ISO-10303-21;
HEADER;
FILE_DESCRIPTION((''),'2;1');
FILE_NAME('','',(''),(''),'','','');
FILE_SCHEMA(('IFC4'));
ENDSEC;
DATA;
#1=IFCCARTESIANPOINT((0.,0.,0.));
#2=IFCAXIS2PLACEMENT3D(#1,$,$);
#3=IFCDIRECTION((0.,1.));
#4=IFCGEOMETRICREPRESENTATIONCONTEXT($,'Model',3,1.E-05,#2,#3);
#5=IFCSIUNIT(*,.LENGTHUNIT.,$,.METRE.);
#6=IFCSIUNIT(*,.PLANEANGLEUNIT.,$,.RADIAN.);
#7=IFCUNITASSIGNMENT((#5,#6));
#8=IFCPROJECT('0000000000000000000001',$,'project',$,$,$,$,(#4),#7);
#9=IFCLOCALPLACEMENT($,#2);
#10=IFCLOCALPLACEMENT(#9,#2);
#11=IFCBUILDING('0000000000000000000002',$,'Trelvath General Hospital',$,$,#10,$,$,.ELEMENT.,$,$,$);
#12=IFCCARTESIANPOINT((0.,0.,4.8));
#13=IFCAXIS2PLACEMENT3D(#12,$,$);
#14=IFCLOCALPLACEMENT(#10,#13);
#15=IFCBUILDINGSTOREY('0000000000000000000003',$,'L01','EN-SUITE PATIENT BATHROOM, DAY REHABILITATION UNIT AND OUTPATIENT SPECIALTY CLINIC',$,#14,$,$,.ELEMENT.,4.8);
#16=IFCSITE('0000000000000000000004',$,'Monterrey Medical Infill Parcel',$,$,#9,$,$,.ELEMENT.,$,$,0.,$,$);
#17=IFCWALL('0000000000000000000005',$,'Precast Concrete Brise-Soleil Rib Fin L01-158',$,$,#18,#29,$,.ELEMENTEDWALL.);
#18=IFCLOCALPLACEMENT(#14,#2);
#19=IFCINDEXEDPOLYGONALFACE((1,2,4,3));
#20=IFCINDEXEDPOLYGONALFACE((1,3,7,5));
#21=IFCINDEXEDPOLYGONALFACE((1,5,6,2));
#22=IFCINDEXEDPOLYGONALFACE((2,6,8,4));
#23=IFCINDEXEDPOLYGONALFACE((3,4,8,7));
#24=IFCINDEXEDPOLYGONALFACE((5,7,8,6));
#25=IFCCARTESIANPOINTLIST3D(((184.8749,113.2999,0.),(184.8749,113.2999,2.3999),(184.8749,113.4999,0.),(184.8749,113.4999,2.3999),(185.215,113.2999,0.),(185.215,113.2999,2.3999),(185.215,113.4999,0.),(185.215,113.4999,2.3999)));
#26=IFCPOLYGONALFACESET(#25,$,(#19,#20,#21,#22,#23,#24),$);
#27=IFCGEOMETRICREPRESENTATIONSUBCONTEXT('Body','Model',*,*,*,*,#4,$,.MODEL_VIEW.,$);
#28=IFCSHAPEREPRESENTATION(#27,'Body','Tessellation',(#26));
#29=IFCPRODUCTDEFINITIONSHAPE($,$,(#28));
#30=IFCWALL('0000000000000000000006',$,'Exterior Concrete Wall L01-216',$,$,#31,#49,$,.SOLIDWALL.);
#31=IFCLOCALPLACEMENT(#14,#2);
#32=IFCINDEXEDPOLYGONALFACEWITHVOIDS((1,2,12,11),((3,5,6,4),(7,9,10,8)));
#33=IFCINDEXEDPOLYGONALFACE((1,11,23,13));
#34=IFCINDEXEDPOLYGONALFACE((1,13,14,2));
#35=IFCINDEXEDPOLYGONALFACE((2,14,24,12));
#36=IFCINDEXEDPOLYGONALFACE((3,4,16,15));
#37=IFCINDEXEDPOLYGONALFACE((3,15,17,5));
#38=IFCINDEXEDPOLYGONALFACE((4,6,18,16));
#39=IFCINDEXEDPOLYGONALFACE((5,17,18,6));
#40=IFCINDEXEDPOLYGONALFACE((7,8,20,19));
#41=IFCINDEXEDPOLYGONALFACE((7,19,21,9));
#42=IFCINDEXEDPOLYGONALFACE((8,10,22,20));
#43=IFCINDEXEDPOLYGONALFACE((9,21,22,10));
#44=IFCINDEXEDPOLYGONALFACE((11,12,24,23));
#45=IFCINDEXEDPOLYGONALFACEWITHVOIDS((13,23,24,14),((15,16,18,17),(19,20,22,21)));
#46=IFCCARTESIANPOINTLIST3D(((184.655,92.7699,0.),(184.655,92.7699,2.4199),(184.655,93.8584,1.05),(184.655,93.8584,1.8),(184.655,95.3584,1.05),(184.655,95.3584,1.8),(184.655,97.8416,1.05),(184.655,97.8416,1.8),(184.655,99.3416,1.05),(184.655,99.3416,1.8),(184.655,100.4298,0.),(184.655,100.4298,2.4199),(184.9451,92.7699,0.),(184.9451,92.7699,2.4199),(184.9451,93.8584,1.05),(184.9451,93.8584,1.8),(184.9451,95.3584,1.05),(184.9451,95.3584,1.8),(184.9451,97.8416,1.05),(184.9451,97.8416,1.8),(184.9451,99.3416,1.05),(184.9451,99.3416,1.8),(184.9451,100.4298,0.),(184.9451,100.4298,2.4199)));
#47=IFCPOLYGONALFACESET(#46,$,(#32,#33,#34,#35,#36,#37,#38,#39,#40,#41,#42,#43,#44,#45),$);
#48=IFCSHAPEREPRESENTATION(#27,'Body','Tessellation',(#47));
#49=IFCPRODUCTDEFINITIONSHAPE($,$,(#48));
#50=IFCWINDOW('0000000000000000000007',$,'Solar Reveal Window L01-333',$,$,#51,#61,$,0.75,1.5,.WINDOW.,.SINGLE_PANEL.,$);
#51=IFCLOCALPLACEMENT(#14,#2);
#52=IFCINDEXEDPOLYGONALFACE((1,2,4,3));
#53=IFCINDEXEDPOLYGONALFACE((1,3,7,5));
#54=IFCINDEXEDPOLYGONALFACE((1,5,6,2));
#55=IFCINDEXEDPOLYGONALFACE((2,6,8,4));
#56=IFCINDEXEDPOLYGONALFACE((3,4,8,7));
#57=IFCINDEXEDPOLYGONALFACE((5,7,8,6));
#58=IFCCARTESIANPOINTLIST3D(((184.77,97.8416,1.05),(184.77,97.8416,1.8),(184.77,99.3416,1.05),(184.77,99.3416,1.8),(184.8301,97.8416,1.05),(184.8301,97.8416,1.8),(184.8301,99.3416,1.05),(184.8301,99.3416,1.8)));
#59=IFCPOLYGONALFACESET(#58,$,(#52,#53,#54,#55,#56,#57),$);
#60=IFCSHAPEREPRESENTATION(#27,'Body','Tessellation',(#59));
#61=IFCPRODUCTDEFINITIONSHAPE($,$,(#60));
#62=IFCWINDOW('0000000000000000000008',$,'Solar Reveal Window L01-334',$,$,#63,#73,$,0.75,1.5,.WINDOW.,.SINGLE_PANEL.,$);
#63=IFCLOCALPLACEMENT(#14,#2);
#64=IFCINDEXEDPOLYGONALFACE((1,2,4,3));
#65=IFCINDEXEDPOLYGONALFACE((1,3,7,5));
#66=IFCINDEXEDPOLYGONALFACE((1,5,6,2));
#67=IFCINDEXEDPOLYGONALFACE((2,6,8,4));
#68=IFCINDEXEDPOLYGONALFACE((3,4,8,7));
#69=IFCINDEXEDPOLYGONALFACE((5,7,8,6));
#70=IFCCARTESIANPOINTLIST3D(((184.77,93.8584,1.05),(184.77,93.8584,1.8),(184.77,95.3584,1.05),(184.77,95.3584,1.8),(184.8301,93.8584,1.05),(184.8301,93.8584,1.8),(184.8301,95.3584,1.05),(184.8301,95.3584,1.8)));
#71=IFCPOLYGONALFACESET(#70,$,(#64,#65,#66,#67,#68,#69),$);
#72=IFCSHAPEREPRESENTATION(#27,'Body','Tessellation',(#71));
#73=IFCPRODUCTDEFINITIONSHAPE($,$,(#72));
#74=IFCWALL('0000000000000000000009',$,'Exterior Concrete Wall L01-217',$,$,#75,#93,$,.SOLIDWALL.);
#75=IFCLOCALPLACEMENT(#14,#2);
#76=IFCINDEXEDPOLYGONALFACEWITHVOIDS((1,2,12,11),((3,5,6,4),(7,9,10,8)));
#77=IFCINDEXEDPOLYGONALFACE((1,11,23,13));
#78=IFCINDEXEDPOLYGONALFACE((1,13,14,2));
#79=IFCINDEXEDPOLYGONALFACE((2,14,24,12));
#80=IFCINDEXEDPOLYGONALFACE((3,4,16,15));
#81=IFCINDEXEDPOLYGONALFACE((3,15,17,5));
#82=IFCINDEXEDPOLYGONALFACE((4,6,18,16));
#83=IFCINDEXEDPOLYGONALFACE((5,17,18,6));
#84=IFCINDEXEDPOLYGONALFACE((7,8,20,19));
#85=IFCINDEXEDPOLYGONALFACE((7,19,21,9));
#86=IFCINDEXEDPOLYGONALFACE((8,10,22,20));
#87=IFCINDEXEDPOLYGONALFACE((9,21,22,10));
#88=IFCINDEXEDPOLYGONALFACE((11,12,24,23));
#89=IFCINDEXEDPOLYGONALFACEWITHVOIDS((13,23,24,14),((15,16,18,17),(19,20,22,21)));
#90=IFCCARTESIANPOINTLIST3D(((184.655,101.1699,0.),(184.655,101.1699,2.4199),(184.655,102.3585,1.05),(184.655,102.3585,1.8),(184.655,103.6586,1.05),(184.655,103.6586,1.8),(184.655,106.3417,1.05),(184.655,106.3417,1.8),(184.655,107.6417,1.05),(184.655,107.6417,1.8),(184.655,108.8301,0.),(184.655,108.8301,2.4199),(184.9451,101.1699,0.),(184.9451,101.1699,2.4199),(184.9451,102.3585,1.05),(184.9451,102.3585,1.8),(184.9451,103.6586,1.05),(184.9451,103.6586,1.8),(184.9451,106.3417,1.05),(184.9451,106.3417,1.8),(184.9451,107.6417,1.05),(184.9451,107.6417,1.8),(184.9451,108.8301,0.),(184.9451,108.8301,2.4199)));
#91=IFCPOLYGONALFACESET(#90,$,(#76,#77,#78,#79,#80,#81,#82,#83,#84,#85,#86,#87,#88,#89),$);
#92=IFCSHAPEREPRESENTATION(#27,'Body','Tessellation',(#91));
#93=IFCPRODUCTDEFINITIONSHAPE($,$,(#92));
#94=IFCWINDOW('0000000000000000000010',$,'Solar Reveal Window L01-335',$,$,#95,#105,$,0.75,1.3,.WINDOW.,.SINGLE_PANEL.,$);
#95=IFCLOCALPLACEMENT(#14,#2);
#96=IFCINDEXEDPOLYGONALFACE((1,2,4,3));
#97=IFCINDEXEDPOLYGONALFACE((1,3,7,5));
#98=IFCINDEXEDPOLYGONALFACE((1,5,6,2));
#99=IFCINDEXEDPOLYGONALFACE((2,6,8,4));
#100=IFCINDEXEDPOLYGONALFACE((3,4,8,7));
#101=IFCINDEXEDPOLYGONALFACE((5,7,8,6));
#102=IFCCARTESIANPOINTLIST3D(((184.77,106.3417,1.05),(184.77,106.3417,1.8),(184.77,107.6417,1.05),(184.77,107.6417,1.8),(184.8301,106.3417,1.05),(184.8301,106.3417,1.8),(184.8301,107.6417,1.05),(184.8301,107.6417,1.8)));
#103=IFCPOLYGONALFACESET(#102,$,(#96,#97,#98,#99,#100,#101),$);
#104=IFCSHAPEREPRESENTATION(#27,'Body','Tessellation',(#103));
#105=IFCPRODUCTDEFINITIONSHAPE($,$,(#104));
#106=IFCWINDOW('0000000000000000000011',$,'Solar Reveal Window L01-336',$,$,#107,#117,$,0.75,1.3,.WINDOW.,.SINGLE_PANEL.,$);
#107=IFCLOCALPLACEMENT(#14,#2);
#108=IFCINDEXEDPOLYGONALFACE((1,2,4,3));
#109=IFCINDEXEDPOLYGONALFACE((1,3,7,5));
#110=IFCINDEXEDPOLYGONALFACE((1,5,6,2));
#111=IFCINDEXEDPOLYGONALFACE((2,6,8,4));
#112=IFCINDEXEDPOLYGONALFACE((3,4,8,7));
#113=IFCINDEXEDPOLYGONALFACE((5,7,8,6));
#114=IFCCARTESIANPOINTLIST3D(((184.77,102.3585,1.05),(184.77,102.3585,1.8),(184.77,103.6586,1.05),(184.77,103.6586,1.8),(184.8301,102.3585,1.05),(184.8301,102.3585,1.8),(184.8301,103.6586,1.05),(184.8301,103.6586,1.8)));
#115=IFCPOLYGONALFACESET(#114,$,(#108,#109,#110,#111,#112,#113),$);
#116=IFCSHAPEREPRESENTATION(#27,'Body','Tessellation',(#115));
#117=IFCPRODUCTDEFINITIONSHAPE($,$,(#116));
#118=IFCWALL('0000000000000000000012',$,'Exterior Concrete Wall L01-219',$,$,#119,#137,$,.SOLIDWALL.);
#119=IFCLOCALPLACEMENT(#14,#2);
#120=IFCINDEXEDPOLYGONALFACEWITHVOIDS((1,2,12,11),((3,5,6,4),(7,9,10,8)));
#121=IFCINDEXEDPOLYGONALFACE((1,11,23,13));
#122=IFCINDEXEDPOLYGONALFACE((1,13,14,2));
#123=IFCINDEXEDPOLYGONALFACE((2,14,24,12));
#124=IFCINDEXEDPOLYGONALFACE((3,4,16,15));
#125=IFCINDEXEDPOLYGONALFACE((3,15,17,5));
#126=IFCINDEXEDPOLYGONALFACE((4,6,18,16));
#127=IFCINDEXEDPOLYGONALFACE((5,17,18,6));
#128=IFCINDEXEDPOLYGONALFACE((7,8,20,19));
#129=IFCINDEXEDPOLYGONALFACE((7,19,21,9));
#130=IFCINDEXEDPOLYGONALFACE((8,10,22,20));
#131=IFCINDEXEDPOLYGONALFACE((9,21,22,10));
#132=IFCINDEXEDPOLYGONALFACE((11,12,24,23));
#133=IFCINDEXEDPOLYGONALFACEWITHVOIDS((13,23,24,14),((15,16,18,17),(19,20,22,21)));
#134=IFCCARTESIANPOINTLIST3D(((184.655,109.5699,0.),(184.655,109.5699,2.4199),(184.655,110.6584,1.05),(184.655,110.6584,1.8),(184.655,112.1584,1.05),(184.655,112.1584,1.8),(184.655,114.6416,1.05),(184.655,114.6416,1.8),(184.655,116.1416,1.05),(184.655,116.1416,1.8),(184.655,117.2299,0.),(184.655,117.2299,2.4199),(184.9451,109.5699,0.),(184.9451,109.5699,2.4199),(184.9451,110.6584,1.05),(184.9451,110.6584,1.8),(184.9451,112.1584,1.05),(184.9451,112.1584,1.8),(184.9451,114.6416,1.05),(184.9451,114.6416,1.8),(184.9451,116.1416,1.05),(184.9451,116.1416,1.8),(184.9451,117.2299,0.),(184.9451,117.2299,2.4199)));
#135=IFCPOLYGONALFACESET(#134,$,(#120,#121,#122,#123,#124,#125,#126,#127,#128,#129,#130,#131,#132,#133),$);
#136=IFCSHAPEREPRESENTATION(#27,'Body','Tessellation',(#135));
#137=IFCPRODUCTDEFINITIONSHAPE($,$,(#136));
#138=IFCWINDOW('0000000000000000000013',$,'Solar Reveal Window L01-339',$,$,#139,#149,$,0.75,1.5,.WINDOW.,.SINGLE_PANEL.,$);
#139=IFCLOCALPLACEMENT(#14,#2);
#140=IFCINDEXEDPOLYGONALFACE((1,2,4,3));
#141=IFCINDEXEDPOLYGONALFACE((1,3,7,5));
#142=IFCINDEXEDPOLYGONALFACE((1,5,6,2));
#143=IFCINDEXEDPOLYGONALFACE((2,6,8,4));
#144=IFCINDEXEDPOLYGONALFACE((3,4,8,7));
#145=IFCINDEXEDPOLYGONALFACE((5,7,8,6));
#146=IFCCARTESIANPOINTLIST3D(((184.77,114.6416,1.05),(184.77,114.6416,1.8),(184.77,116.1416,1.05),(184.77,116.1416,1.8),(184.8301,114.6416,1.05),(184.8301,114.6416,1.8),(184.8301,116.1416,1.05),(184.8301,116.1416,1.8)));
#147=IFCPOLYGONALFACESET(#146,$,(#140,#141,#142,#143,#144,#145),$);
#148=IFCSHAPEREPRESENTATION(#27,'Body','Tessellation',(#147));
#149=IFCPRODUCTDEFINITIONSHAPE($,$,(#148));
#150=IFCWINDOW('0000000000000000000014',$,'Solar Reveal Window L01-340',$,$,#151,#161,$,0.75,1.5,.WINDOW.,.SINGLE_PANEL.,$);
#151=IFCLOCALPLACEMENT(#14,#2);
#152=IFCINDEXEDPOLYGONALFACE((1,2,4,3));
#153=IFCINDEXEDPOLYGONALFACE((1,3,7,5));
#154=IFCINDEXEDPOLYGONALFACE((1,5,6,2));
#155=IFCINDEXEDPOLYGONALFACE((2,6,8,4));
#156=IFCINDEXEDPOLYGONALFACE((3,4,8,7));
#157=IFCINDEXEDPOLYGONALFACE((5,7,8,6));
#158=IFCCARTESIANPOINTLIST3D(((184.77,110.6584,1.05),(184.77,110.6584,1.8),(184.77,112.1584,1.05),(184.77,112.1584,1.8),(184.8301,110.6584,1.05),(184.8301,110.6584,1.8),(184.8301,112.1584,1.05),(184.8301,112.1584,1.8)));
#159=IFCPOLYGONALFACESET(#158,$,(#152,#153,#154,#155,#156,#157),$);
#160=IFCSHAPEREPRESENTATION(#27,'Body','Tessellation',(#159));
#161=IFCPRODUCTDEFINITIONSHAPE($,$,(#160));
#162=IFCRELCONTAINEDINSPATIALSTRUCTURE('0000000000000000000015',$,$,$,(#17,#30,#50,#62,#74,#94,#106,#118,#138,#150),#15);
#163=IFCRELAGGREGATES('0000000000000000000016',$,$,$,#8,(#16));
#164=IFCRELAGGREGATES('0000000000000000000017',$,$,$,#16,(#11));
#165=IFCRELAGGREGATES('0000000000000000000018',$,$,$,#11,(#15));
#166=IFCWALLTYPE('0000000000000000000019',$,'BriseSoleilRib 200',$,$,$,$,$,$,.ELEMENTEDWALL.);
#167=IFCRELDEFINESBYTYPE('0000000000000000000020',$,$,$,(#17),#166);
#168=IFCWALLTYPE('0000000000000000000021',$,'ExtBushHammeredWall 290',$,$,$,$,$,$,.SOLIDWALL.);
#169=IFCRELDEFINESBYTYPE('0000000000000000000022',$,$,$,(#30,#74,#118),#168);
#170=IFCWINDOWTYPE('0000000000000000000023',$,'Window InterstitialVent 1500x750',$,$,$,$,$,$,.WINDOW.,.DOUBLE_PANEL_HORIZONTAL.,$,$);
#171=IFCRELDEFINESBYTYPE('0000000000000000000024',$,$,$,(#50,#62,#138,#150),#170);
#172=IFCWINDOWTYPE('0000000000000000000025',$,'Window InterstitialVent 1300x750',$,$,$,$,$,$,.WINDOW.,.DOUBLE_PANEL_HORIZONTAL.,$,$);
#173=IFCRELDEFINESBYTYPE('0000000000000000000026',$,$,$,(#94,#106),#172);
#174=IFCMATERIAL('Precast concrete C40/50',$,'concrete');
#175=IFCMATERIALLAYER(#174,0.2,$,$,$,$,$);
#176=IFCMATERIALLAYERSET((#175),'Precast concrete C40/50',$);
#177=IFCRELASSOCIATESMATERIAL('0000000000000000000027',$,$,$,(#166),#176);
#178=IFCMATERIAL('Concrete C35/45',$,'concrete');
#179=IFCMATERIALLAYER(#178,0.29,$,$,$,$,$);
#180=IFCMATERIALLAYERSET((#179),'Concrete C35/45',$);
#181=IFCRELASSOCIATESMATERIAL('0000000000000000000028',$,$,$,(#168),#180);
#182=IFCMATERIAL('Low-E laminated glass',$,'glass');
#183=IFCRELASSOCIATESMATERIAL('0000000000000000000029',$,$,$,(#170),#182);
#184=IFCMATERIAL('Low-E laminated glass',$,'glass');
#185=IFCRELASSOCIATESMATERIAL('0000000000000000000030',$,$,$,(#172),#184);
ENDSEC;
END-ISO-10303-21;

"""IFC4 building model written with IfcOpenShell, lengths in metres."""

from ifc_helpers import new_model, si_unit, direction, frame, frame_2d, origin, place, context, subcontext, project, spatial, rectangle, extrude, material, layer, layer_set, type_object, element, fill, save


model = new_model("IFC4")

# Units and contexts
model_context = context("Model", 3, precision=1e-05, world=origin(), true_north=direction((0.0, 1.0)))
body_context = subcontext(model_context, "Body", "Model", "MODEL_VIEW")
ifc_project = project(units=[si_unit("LENGTHUNIT", "METRE"), si_unit("PLANEANGLEUNIT", "RADIAN")], contexts=[model_context])

# Site, building, storey
site_placement = place(None, origin())
site = spatial("IfcSite", under=ifc_project, at=site_placement, Name="Monterrey Medical Infill Parcel", CompositionType="ELEMENT", RefElevation=0.0)
building_placement = place(site_placement, origin())
building = spatial("IfcBuilding", under=site, at=building_placement, Name="Trelvath General Hospital", CompositionType="ELEMENT")
storey_placement = place(building_placement, frame((0.0, 0.0, 4.8)))
storey = spatial("IfcBuildingStorey", under=building, at=storey_placement, Name="L01", Description="EN-SUITE PATIENT BATHROOM, DAY REHABILITATION UNIT AND OUTPATIENT SPECIALTY CLINIC", CompositionType="ELEMENT", Elevation=4.8)

# Wall
ifc_material_1 = material(Name="Precast concrete C40/50", Category="concrete")
ifc_layer_1 = layer(ifc_material_1, 0.2)
ifc_layer_set_1 = layer_set([ifc_layer_1], Name="Precast concrete C40/50")
wall_type_1 = type_object("IfcWallType", Name="BriseSoleilRib 200", PredefinedType="ELEMENTEDWALL", material=ifc_layer_set_1)
wall_1_placement = place(storey_placement, frame((184.875, 113.3999, 0.0), z_axis=(0.0, 0.0, 1.0), x_axis=(1.0, 0.0, 0.0)))
element("IfcWall", 1, at=wall_1_placement, inside=storey, type_object=wall_type_1, Name="Precast Concrete Brise-Soleil Rib Fin L01-158", PredefinedType="ELEMENTEDWALL", context=body_context, shape_type="SweptSolid", body=[
    extrude(rectangle(XDim=0.3401, YDim=0.2, at=frame_2d((0.1699, 0.0))), origin(), (0.0, 0.0, 1.0), 2.3999),
])

# Walls, openings, windows
ifc_material_2 = material(Name="Concrete C35/45", Category="concrete")
ifc_layer_2 = layer(ifc_material_2, 0.29)
ifc_layer_set_2 = layer_set([ifc_layer_2], Name="Concrete C35/45")
wall_type_2 = type_object("IfcWallType", Name="ExtBushHammeredWall 290", PredefinedType="SOLIDWALL", material=ifc_layer_set_2)
wall_2_placement = place(storey_placement, frame((184.8, 100.4299, 0.0), z_axis=(0.0, 0.0, 1.0), x_axis=(0.0, -1.0, 0.0)))
wall_2 = element("IfcWall", 2, at=wall_2_placement, inside=storey, type_object=wall_type_2, Name="Exterior Concrete Wall L01-216", PredefinedType="SOLIDWALL", context=body_context, shape_type="SweptSolid", body=[
    extrude(rectangle(XDim=7.6599, YDim=0.29, at=frame_2d((3.8301, 0.0))), origin(), (0.0, 0.0, 1.0), 2.4199),
])
opening_1_placement = place(wall_2_placement, frame((1.0884, 0.0, 1.05)))
opening_1 = element("IfcOpeningElement", 3, at=opening_1_placement, cuts=wall_2, PredefinedType="OPENING", context=body_context, shape_type="SweptSolid", body=[
    extrude(rectangle(XDim=1.5, YDim=0.75, at=frame_2d((0.75, 0.375))), frame((0.0, 0.155, 0.0), z_axis=(0.0, -1.0, 0.0), x_axis=(1.0, 0.0, 0.0)), (0.0, 0.0, 1.0), 0.3101),
])
opening_2_placement = place(wall_2_placement, frame((5.0715, 0.0, 1.05)))
opening_2 = element("IfcOpeningElement", 4, at=opening_2_placement, cuts=wall_2, PredefinedType="OPENING", context=body_context, shape_type="SweptSolid", body=[
    extrude(rectangle(XDim=1.5, YDim=0.75, at=frame_2d((0.75, 0.375))), frame((0.0, 0.155, 0.0), z_axis=(0.0, -1.0, 0.0), x_axis=(1.0, 0.0, 0.0)), (0.0, 0.0, 1.0), 0.3101),
])
ifc_material_3 = material(Name="Low-E laminated glass", Category="glass")
window_type_1 = type_object("IfcWindowType", Name="Window InterstitialVent 1500x750", PartitioningType="DOUBLE_PANEL_HORIZONTAL", PredefinedType="WINDOW", material=ifc_material_3)
window_1_placement = place(opening_1_placement, origin())
window_1 = element("IfcWindow", 5, at=window_1_placement, inside=storey, type_object=window_type_1, Name="Solar Reveal Window L01-333", OverallHeight=0.75, OverallWidth=1.5, PartitioningType="SINGLE_PANEL", PredefinedType="WINDOW", context=body_context, shape_type="SweptSolid", body=[
    extrude(rectangle(XDim=1.5, YDim=0.75, at=frame_2d((0.75, 0.375))), frame((0.0, 0.03, 0.0), z_axis=(0.0, -1.0, 0.0), x_axis=(1.0, 0.0, 0.0)), (0.0, 0.0, 1.0), 0.0601),
])
fill(opening_1, window_1)
window_2_placement = place(opening_2_placement, origin())
window_2 = element("IfcWindow", 6, at=window_2_placement, inside=storey, type_object=window_type_1, Name="Solar Reveal Window L01-334", OverallHeight=0.75, OverallWidth=1.5, PartitioningType="SINGLE_PANEL", PredefinedType="WINDOW", context=body_context, shape_type="SweptSolid", body=[
    extrude(rectangle(XDim=1.5, YDim=0.75, at=frame_2d((0.75, 0.375))), frame((0.0, 0.03, 0.0), z_axis=(0.0, -1.0, 0.0), x_axis=(1.0, 0.0, 0.0)), (0.0, 0.0, 1.0), 0.0601),
])
fill(opening_2, window_2)
wall_3_placement = place(storey_placement, frame((184.8, 108.8301, 0.0), z_axis=(0.0, 0.0, 1.0), x_axis=(0.0, -1.0, 0.0)))
wall_3 = element("IfcWall", 7, at=wall_3_placement, inside=storey, type_object=wall_type_2, Name="Exterior Concrete Wall L01-217", PredefinedType="SOLIDWALL", context=body_context, shape_type="SweptSolid", body=[
    extrude(rectangle(XDim=7.6602, YDim=0.29, at=frame_2d((3.8301, 0.0))), origin(), (0.0, 0.0, 1.0), 2.4199),
])
opening_3_placement = place(wall_3_placement, frame((1.1885, 0.0, 1.05)))
opening_3 = element("IfcOpeningElement", 8, at=opening_3_placement, cuts=wall_3, PredefinedType="OPENING", context=body_context, shape_type="SweptSolid", body=[
    extrude(rectangle(XDim=1.3, YDim=0.75, at=frame_2d((0.6499, 0.375))), frame((0.0, 0.155, 0.0), z_axis=(0.0, -1.0, 0.0), x_axis=(1.0, 0.0, 0.0)), (0.0, 0.0, 1.0), 0.3101),
])
opening_4_placement = place(wall_3_placement, frame((5.1716, 0.0, 1.05)))
opening_4 = element("IfcOpeningElement", 9, at=opening_4_placement, cuts=wall_3, PredefinedType="OPENING", context=body_context, shape_type="SweptSolid", body=[
    extrude(rectangle(XDim=1.3, YDim=0.75, at=frame_2d((0.6499, 0.375))), frame((0.0, 0.155, 0.0), z_axis=(0.0, -1.0, 0.0), x_axis=(1.0, 0.0, 0.0)), (0.0, 0.0, 1.0), 0.3101),
])
ifc_material_4 = material(Name="Low-E laminated glass", Category="glass")
window_type_2 = type_object("IfcWindowType", Name="Window InterstitialVent 1300x750", PartitioningType="DOUBLE_PANEL_HORIZONTAL", PredefinedType="WINDOW", material=ifc_material_4)
window_3_placement = place(opening_3_placement, origin())
window_3 = element("IfcWindow", 10, at=window_3_placement, inside=storey, type_object=window_type_2, Name="Solar Reveal Window L01-335", OverallHeight=0.75, OverallWidth=1.3, PartitioningType="SINGLE_PANEL", PredefinedType="WINDOW", context=body_context, shape_type="SweptSolid", body=[
    extrude(rectangle(XDim=1.3, YDim=0.75, at=frame_2d((0.6499, 0.375))), frame((0.0, 0.03, 0.0), z_axis=(0.0, -1.0, 0.0), x_axis=(1.0, 0.0, 0.0)), (0.0, 0.0, 1.0), 0.0601),
])
fill(opening_3, window_3)
window_4_placement = place(opening_4_placement, origin())
window_4 = element("IfcWindow", 11, at=window_4_placement, inside=storey, type_object=window_type_2, Name="Solar Reveal Window L01-336", OverallHeight=0.75, OverallWidth=1.3, PartitioningType="SINGLE_PANEL", PredefinedType="WINDOW", context=body_context, shape_type="SweptSolid", body=[
    extrude(rectangle(XDim=1.3, YDim=0.75, at=frame_2d((0.6499, 0.375))), frame((0.0, 0.03, 0.0), z_axis=(0.0, -1.0, 0.0), x_axis=(1.0, 0.0, 0.0)), (0.0, 0.0, 1.0), 0.0601),
])
fill(opening_4, window_4)
wall_4_placement = place(storey_placement, frame((184.8, 117.23, 0.0), z_axis=(0.0, 0.0, 1.0), x_axis=(0.0, -1.0, 0.0)))
wall_4 = element("IfcWall", 12, at=wall_4_placement, inside=storey, type_object=wall_type_2, Name="Exterior Concrete Wall L01-219", PredefinedType="SOLIDWALL", context=body_context, shape_type="SweptSolid", body=[
    extrude(rectangle(XDim=7.6599, YDim=0.29, at=frame_2d((3.8301, 0.0))), origin(), (0.0, 0.0, 1.0), 2.4199),
])
opening_5_placement = place(wall_4_placement, frame((1.0884, 0.0, 1.05)))
opening_5 = element("IfcOpeningElement", 13, at=opening_5_placement, cuts=wall_4, PredefinedType="OPENING", context=body_context, shape_type="SweptSolid", body=[
    extrude(rectangle(XDim=1.5, YDim=0.75, at=frame_2d((0.75, 0.375))), frame((0.0, 0.155, 0.0), z_axis=(0.0, -1.0, 0.0), x_axis=(1.0, 0.0, 0.0)), (0.0, 0.0, 1.0), 0.3101),
])
opening_6_placement = place(wall_4_placement, frame((5.0715, 0.0, 1.05)))
opening_6 = element("IfcOpeningElement", 14, at=opening_6_placement, cuts=wall_4, PredefinedType="OPENING", context=body_context, shape_type="SweptSolid", body=[
    extrude(rectangle(XDim=1.5, YDim=0.75, at=frame_2d((0.75, 0.375))), frame((0.0, 0.155, 0.0), z_axis=(0.0, -1.0, 0.0), x_axis=(1.0, 0.0, 0.0)), (0.0, 0.0, 1.0), 0.3101),
])
window_5_placement = place(opening_5_placement, origin())
window_5 = element("IfcWindow", 15, at=window_5_placement, inside=storey, type_object=window_type_1, Name="Solar Reveal Window L01-339", OverallHeight=0.75, OverallWidth=1.5, PartitioningType="SINGLE_PANEL", PredefinedType="WINDOW", context=body_context, shape_type="SweptSolid", body=[
    extrude(rectangle(XDim=1.5, YDim=0.75, at=frame_2d((0.75, 0.375))), frame((0.0, 0.03, 0.0), z_axis=(0.0, -1.0, 0.0), x_axis=(1.0, 0.0, 0.0)), (0.0, 0.0, 1.0), 0.0601),
])
fill(opening_5, window_5)
window_6_placement = place(opening_6_placement, origin())
window_6 = element("IfcWindow", 16, at=window_6_placement, inside=storey, type_object=window_type_1, Name="Solar Reveal Window L01-340", OverallHeight=0.75, OverallWidth=1.5, PartitioningType="SINGLE_PANEL", PredefinedType="WINDOW", context=body_context, shape_type="SweptSolid", body=[
    extrude(rectangle(XDim=1.5, YDim=0.75, at=frame_2d((0.75, 0.375))), frame((0.0, 0.03, 0.0), z_axis=(0.0, -1.0, 0.0), x_axis=(1.0, 0.0, 0.0)), (0.0, 0.0, 1.0), 0.0601),
])
fill(opening_6, window_6)

save(model, "model.ifc")
